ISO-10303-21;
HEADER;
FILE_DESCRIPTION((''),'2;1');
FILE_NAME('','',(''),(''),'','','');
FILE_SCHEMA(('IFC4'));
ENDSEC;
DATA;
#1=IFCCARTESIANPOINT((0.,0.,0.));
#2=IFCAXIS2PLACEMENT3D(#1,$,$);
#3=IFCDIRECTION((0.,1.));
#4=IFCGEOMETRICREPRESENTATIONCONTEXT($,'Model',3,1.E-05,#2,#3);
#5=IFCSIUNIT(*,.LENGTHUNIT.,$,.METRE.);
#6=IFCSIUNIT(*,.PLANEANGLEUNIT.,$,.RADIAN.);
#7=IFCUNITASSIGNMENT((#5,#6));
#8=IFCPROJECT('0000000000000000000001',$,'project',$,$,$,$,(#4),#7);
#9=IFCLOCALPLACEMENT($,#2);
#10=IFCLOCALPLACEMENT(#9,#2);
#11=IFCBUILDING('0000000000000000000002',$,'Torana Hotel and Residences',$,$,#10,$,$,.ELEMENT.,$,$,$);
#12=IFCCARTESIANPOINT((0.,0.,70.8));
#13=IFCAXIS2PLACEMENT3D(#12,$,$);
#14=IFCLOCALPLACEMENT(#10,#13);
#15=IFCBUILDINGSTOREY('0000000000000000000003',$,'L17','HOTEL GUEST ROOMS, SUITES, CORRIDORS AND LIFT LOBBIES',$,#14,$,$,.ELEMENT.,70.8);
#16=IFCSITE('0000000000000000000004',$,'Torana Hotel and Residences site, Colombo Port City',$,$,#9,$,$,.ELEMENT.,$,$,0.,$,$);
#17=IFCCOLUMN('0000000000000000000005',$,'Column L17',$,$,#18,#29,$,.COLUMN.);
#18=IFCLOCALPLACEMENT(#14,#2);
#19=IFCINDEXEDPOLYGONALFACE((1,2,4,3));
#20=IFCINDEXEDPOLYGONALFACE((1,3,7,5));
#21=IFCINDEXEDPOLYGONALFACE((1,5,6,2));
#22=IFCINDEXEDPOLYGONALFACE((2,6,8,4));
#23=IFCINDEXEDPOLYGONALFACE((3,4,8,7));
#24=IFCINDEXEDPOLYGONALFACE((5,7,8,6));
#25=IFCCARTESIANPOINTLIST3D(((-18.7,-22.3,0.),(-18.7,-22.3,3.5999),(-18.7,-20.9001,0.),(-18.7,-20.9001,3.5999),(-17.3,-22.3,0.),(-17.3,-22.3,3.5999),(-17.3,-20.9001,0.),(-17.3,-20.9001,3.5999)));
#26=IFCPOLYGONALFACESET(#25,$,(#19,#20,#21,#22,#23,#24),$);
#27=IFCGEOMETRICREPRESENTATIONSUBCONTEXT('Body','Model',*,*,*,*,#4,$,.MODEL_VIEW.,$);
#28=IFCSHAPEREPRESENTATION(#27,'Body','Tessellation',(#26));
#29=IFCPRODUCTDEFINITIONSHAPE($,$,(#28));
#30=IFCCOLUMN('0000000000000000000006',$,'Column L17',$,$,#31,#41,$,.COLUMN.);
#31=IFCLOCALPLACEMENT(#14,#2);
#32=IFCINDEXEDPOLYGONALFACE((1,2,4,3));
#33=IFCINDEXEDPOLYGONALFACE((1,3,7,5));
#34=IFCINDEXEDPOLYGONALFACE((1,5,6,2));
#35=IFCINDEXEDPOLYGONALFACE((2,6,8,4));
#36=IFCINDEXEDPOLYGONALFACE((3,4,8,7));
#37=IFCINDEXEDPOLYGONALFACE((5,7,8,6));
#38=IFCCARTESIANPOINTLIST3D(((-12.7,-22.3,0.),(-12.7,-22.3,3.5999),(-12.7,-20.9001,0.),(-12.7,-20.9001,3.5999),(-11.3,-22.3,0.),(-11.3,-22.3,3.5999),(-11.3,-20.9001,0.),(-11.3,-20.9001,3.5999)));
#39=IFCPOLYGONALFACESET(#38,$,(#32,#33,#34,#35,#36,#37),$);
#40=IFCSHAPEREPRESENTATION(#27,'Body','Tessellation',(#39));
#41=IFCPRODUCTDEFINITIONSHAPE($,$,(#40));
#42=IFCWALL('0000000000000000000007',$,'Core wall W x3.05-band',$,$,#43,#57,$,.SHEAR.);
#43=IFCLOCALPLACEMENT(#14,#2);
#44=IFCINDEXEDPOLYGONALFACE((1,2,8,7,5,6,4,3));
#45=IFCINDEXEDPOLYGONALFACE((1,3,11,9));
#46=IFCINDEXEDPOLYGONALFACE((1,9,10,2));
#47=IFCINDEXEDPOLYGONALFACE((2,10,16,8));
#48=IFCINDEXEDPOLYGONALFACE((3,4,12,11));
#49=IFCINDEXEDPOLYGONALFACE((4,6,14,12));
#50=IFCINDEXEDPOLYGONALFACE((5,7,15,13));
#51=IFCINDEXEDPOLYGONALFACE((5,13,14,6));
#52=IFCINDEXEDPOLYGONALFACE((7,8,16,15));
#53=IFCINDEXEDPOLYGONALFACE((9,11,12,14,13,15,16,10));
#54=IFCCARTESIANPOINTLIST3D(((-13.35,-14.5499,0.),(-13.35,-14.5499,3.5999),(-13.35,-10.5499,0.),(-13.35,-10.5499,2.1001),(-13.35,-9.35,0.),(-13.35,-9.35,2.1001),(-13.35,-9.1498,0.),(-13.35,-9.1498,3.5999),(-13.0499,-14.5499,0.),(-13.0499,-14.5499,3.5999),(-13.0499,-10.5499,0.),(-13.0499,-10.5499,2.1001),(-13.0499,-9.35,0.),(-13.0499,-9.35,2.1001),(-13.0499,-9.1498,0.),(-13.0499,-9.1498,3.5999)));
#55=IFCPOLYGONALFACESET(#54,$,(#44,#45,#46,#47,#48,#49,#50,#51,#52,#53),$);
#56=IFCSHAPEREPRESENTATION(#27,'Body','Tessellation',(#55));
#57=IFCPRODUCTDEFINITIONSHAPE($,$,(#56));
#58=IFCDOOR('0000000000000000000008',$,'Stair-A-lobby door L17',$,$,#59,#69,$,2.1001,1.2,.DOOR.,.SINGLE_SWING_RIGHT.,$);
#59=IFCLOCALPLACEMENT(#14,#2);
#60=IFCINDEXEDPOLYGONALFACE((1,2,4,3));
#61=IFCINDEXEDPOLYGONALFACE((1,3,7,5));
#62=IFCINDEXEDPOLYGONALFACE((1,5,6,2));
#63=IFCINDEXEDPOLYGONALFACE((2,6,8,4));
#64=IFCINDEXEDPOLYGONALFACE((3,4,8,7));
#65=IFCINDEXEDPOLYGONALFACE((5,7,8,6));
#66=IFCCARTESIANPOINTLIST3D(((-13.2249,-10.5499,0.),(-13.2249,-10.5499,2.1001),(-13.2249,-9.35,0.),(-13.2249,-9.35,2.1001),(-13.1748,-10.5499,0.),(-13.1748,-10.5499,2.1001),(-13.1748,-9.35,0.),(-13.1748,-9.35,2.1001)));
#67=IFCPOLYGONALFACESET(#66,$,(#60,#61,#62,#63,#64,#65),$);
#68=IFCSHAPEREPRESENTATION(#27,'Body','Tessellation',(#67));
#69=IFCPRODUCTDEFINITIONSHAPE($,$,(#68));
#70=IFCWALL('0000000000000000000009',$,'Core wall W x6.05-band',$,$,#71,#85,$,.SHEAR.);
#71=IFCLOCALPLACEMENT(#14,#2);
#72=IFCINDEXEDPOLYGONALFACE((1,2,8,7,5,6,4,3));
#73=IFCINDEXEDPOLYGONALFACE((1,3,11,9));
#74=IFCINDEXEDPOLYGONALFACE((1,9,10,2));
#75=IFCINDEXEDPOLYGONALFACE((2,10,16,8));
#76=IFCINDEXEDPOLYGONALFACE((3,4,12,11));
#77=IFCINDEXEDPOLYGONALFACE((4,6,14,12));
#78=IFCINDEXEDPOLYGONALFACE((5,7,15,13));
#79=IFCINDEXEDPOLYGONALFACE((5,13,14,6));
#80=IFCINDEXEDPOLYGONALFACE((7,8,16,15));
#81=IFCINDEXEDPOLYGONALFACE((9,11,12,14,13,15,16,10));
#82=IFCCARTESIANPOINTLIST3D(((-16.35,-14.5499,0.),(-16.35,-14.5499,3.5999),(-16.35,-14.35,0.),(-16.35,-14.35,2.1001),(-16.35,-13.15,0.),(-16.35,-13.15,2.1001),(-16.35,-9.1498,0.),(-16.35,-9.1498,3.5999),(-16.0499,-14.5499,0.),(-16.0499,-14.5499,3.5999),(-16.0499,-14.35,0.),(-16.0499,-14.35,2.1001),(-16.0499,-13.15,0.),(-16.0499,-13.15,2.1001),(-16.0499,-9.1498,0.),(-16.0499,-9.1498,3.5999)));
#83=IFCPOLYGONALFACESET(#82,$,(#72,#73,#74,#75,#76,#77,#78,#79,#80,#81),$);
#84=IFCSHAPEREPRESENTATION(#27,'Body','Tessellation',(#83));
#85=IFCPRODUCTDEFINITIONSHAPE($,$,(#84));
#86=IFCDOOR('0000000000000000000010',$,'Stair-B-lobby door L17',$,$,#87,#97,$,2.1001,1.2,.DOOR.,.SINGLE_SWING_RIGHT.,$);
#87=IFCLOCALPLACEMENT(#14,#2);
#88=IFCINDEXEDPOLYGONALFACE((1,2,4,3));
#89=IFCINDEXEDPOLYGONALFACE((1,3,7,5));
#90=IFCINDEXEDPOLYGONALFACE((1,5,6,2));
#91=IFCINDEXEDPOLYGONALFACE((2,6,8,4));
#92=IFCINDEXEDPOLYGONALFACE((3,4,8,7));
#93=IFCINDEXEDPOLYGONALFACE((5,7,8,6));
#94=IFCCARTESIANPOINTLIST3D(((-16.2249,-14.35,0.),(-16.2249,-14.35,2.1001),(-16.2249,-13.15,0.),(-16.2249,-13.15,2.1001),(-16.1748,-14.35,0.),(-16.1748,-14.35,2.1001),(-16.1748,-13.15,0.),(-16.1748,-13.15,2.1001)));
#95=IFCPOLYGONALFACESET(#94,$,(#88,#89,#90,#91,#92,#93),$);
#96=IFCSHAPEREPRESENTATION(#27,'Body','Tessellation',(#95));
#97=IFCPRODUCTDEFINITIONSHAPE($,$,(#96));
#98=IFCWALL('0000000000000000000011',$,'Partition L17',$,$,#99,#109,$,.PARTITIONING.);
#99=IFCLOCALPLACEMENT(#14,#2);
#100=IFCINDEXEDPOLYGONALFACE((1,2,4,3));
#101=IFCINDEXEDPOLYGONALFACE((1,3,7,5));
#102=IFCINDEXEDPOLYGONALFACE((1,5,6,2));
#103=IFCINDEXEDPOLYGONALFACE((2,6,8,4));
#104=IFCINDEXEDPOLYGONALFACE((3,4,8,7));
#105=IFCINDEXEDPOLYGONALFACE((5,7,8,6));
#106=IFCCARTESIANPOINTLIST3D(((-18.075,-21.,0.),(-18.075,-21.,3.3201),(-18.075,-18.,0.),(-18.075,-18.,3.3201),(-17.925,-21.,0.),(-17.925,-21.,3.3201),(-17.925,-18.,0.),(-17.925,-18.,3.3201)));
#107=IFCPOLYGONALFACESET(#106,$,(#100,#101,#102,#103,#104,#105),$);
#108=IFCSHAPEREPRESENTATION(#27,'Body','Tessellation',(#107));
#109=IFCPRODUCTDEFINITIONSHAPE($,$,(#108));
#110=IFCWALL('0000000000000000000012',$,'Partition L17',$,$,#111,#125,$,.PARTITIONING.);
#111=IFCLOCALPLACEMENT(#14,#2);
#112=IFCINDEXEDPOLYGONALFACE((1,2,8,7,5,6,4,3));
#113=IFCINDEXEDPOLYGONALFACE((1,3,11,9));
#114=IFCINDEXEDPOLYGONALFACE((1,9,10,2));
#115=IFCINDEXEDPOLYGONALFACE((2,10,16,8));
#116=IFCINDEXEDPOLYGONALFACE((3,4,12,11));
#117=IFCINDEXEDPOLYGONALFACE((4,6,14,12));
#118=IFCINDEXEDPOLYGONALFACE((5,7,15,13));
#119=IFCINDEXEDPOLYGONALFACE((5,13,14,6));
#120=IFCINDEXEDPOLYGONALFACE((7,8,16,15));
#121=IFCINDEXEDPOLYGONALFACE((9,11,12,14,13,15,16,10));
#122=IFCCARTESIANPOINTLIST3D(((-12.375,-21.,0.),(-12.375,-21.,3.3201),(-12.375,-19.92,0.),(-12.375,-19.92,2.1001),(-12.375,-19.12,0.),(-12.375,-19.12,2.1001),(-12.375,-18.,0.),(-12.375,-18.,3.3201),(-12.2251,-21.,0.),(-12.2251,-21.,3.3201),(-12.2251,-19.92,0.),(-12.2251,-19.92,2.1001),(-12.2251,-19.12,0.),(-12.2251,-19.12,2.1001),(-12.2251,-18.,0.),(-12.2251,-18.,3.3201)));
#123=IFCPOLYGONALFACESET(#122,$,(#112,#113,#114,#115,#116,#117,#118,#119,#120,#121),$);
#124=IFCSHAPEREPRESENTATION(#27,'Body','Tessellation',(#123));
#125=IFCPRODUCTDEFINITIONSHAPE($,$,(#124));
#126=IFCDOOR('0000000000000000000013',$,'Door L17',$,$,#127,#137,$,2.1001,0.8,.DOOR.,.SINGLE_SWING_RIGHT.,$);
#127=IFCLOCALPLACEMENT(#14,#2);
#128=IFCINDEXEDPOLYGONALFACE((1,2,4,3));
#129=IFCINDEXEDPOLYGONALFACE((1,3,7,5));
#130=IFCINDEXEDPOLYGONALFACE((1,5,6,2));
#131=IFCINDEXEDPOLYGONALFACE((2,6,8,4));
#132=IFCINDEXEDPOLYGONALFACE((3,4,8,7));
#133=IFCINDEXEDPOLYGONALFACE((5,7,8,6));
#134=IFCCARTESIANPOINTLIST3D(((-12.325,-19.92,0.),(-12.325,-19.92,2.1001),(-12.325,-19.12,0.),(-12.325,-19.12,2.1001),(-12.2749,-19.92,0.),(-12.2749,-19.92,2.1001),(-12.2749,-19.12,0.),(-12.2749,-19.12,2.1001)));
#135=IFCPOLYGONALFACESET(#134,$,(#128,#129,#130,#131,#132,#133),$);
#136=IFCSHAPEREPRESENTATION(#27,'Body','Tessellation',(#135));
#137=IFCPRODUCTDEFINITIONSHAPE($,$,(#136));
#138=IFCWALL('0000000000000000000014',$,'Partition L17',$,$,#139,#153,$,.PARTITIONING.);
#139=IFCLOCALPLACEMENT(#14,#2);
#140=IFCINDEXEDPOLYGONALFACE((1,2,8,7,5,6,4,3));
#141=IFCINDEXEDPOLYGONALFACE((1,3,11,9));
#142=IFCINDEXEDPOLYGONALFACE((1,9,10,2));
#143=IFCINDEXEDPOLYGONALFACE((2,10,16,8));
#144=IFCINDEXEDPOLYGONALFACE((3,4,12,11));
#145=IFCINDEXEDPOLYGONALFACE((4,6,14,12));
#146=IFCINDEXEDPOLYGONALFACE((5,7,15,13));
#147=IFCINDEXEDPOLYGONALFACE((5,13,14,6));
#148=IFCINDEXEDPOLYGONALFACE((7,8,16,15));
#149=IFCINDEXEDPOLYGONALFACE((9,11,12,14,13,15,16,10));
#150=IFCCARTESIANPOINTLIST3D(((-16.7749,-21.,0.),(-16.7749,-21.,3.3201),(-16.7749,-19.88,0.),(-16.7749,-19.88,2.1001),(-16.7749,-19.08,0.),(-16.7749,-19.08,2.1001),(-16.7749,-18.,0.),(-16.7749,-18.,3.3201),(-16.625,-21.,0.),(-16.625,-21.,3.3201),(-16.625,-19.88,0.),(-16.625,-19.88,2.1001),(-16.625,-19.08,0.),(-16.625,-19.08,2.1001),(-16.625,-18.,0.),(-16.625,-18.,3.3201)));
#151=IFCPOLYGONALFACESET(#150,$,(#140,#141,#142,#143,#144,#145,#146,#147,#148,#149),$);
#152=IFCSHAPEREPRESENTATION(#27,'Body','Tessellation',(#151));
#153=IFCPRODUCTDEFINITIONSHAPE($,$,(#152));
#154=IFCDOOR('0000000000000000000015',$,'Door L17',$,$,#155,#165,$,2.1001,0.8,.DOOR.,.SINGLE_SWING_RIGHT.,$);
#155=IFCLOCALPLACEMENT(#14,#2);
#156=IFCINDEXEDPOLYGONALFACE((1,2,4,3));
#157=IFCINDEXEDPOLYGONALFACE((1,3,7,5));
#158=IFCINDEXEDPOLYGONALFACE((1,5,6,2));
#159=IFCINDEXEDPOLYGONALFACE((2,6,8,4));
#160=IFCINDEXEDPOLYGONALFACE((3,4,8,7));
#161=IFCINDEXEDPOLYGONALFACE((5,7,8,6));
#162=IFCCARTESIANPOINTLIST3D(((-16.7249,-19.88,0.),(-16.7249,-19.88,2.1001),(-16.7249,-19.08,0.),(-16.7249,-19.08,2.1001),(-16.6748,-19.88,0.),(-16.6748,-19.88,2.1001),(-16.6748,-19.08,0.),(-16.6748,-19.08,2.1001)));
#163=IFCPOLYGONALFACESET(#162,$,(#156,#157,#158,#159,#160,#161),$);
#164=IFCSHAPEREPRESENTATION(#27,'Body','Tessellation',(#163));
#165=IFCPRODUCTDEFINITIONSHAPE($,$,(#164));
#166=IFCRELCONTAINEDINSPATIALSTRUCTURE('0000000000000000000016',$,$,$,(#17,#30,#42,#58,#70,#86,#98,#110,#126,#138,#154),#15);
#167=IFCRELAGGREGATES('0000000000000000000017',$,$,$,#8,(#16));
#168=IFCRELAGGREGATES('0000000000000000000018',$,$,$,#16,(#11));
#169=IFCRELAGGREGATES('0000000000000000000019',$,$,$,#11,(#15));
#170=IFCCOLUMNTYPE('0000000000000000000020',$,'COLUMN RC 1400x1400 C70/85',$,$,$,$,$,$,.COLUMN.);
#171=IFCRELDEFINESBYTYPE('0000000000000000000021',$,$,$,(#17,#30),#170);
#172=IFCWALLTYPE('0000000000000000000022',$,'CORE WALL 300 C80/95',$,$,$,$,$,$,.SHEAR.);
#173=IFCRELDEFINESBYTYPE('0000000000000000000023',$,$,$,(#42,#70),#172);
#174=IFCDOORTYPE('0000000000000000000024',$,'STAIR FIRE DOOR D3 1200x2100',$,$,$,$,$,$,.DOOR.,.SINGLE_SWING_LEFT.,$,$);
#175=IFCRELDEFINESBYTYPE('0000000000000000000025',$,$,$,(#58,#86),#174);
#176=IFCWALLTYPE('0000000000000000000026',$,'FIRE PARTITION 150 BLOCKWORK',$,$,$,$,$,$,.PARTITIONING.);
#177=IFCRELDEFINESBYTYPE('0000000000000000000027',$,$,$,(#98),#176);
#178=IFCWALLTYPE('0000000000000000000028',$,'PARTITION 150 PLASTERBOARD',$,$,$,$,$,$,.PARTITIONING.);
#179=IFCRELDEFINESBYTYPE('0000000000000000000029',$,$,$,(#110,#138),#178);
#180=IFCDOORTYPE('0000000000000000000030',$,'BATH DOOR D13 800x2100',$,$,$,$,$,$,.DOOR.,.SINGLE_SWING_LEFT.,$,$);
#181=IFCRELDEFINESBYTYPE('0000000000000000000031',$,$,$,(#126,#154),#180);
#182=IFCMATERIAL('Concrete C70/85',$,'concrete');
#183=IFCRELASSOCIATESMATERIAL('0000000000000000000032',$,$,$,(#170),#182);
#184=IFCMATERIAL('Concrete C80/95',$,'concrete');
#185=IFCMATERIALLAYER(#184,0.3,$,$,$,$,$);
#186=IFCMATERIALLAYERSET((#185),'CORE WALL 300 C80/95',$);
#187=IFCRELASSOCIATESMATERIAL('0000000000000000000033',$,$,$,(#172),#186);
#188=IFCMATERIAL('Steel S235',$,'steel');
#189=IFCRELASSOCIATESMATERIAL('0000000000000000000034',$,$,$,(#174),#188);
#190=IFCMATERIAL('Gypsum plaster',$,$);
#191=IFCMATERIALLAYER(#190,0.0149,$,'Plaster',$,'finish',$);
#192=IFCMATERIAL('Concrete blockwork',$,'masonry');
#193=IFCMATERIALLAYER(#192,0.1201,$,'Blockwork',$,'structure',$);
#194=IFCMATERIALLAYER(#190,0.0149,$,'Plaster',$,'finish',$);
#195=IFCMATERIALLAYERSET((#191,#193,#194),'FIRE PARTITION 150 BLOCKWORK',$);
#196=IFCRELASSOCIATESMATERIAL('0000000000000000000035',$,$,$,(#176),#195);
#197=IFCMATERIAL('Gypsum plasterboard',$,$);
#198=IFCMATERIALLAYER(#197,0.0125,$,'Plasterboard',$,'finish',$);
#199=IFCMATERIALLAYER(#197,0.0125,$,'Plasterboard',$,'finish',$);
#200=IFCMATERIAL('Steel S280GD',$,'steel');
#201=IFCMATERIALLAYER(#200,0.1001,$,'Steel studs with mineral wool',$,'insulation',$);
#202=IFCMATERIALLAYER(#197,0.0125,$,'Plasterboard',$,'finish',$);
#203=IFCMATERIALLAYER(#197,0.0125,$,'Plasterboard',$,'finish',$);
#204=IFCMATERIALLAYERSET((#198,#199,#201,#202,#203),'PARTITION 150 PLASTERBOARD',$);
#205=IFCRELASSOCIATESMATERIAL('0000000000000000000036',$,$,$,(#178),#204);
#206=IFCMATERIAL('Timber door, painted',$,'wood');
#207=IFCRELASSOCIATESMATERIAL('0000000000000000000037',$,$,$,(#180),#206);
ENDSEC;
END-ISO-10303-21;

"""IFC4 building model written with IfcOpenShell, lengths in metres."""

from ifc_helpers import new_model, si_unit, direction, frame, frame_2d, origin, origin_2d, place, context, subcontext, project, spatial, rectangle, extrude, material, layer, layer_set, material_profile, profile_set, type_object, element, fill, save


model = new_model("IFC4")

# Units and contexts
model_context = context("Model", 3, precision=1e-05, world=origin(), true_north=direction((0.0, 1.0)))
body_context = subcontext(model_context, "Body", "Model", "MODEL_VIEW")
ifc_project = project(units=[si_unit("LENGTHUNIT", "METRE"), si_unit("PLANEANGLEUNIT", "RADIAN")], contexts=[model_context])

# Site, building, storey
site_placement = place(None, origin())
site = spatial("IfcSite", under=ifc_project, at=site_placement, Name="Torana Hotel and Residences site, Colombo Port City", CompositionType="ELEMENT", RefElevation=0.0)
building_placement = place(site_placement, origin())
building = spatial("IfcBuilding", under=site, at=building_placement, Name="Torana Hotel and Residences", CompositionType="ELEMENT")
storey_placement = place(building_placement, frame((0.0, 0.0, 70.8)))
storey = spatial("IfcBuildingStorey", under=building, at=storey_placement, Name="L17", Description="HOTEL GUEST ROOMS, SUITES, CORRIDORS AND LIFT LOBBIES", CompositionType="ELEMENT", Elevation=70.8)

# Columns
ifc_material_1 = material(Name="Concrete C70/85", Category="concrete")
ifc_material_profile = material_profile(ifc_material_1, rectangle(XDim=1.3999, YDim=1.3999, at=origin_2d()), Name="RC 1400x1400")
ifc_profile_set = profile_set([ifc_material_profile], Name="Concrete C70/85")
column_type = type_object("IfcColumnType", Name="COLUMN RC 1400x1400 C70/85", PredefinedType="COLUMN", material=ifc_profile_set)
for number, where, z_axis, x_axis, name in (
    (1, (-18.0, -21.6001, 0.0), (0.0, 0.0, 1.0), (1.0, 0.0, 0.0), "Column L17"),
    (2, (-12.0, -21.6001, 0.0), (0.0, 0.0, 1.0), (1.0, 0.0, 0.0), "Column L17"),
):
    element("IfcColumn", number, at=place(storey_placement, frame(where, z_axis=z_axis, x_axis=x_axis)), inside=storey, type_object=column_type, Name=name, PredefinedType="COLUMN", context=body_context, shape_type="SweptSolid", body=[
        extrude(rectangle(XDim=1.3999, YDim=1.3999, at=origin_2d()), origin(), (0.0, 0.0, 1.0), 3.5999),
    ])

# Walls, openings, doors
ifc_material_2 = material(Name="Concrete C80/95", Category="concrete")
ifc_layer_1 = layer(ifc_material_2, 0.3)
ifc_layer_set_1 = layer_set([ifc_layer_1], Name="CORE WALL 300 C80/95")
wall_type_1 = type_object("IfcWallType", Name="CORE WALL 300 C80/95", PredefinedType="SHEAR", material=ifc_layer_set_1)
wall_1_placement = place(storey_placement, frame((-13.2, -14.55, 0.0), z_axis=(0.0, 0.0, 1.0), x_axis=(0.0, 1.0, 0.0)))
wall_1 = element("IfcWall", 3, at=wall_1_placement, inside=storey, type_object=wall_type_1, Name="Core wall W x3.05-band", PredefinedType="SHEAR", context=body_context, shape_type="SweptSolid", body=[
    extrude(rectangle(XDim=5.4001, YDim=0.3, at=frame_2d((2.7002, 0.0))), origin(), (0.0, 0.0, 1.0), 3.5999),
])
opening_1_placement = place(wall_1_placement, frame((4.0, 0.0, 0.0)))
opening_1 = element("IfcOpeningElement", 4, at=opening_1_placement, cuts=wall_1, PredefinedType="OPENING", context=body_context, shape_type="SweptSolid", body=[
    extrude(rectangle(XDim=1.2, YDim=2.1001, at=frame_2d((0.6001, 1.05))), frame((0.0, 0.1599, 0.0), z_axis=(0.0, -1.0, 0.0), x_axis=(1.0, 0.0, 0.0)), (0.0, 0.0, 1.0), 0.3201),
])
ifc_material_3 = material(Name="Steel S235", Category="steel")
door_type_1 = type_object("IfcDoorType", Name="STAIR FIRE DOOR D3 1200x2100", OperationType="SINGLE_SWING_LEFT", PredefinedType="DOOR", material=ifc_material_3)
door_1_placement = place(opening_1_placement, frame((0.6001, 0.0, 0.0), z_axis=(0.0, 0.0, 1.0), x_axis=(-1.0, 0.0, 0.0)))
door_1 = element("IfcDoor", 5, at=door_1_placement, inside=storey, type_object=door_type_1, Name="Stair-A-lobby door L17", OperationType="SINGLE_SWING_RIGHT", OverallHeight=2.1001, OverallWidth=1.2, PredefinedType="DOOR", context=body_context, shape_type="SweptSolid", body=[
    extrude(rectangle(XDim=1.2, YDim=2.1001, at=frame_2d((0.0, 1.05))), frame((0.0, -0.0249, 0.0), z_axis=(0.0, 1.0, 0.0), x_axis=(-1.0, 0.0, 0.0)), (0.0, 0.0, 1.0), 0.05),
])
fill(opening_1, door_1)
wall_2_placement = place(storey_placement, frame((-16.2, -14.55, 0.0), z_axis=(0.0, 0.0, 1.0), x_axis=(0.0, 1.0, 0.0)))
wall_2 = element("IfcWall", 6, at=wall_2_placement, inside=storey, type_object=wall_type_1, Name="Core wall W x6.05-band", PredefinedType="SHEAR", context=body_context, shape_type="SweptSolid", body=[
    extrude(rectangle(XDim=5.4001, YDim=0.3, at=frame_2d((2.7002, 0.0))), origin(), (0.0, 0.0, 1.0), 3.5999),
])
opening_2_placement = place(wall_2_placement, frame((0.2, 0.0, 0.0)))
opening_2 = element("IfcOpeningElement", 7, at=opening_2_placement, cuts=wall_2, PredefinedType="OPENING", context=body_context, shape_type="SweptSolid", body=[
    extrude(rectangle(XDim=1.2, YDim=2.1001, at=frame_2d((0.6001, 1.05))), frame((0.0, 0.1599, 0.0), z_axis=(0.0, -1.0, 0.0), x_axis=(1.0, 0.0, 0.0)), (0.0, 0.0, 1.0), 0.3201),
])
door_2_placement = place(opening_2_placement, origin())
door_2 = element("IfcDoor", 8, at=door_2_placement, inside=storey, type_object=door_type_1, Name="Stair-B-lobby door L17", OperationType="SINGLE_SWING_RIGHT", OverallHeight=2.1001, OverallWidth=1.2, PredefinedType="DOOR", context=body_context, shape_type="SweptSolid", body=[
    extrude(rectangle(XDim=1.2, YDim=2.1001, at=frame_2d((0.6001, 1.05))), frame((0.0, 0.0249, 0.0), z_axis=(0.0, -1.0, 0.0), x_axis=(1.0, 0.0, 0.0)), (0.0, 0.0, 1.0), 0.05),
])
fill(opening_2, door_2)

# Wall
ifc_material_4 = material(Name="Gypsum plaster")
ifc_layer_2 = layer(ifc_material_4, 0.0149, Name="Plaster", Category="finish")
ifc_material_5 = material(Name="Concrete blockwork", Category="masonry")
ifc_layer_3 = layer(ifc_material_5, 0.1201, Name="Blockwork", Category="structure")
ifc_layer_4 = layer(ifc_material_4, 0.0149, Name="Plaster", Category="finish")
ifc_layer_set_2 = layer_set([ifc_layer_2, ifc_layer_3, ifc_layer_4], Name="FIRE PARTITION 150 BLOCKWORK")
wall_type_2 = type_object("IfcWallType", Name="FIRE PARTITION 150 BLOCKWORK", PredefinedType="PARTITIONING", material=ifc_layer_set_2)
wall_3_placement = place(storey_placement, frame((-18.0, -21.0, 0.0), z_axis=(0.0, 0.0, 1.0), x_axis=(0.0, 1.0, 0.0)))
element("IfcWall", 9, at=wall_3_placement, inside=storey, type_object=wall_type_2, Name="Partition L17", PredefinedType="PARTITIONING", context=body_context, shape_type="SweptSolid", body=[
    extrude(rectangle(XDim=3.0, YDim=0.1499, at=frame_2d((1.5, 0.0))), origin(), (0.0, 0.0, 1.0), 3.3201),
])

# Walls, openings, doors
ifc_material_6 = material(Name="Gypsum plasterboard")
ifc_layer_5 = layer(ifc_material_6, 0.0125, Name="Plasterboard", Category="finish")
ifc_layer_6 = layer(ifc_material_6, 0.0125, Name="Plasterboard", Category="finish")
ifc_material_7 = material(Name="Steel S280GD", Category="steel")
ifc_layer_7 = layer(ifc_material_7, 0.1001, Name="Steel studs with mineral wool", Category="insulation")
ifc_layer_8 = layer(ifc_material_6, 0.0125, Name="Plasterboard", Category="finish")
ifc_layer_9 = layer(ifc_material_6, 0.0125, Name="Plasterboard", Category="finish")
ifc_layer_set_3 = layer_set([ifc_layer_5, ifc_layer_6, ifc_layer_7, ifc_layer_8, ifc_layer_9], Name="PARTITION 150 PLASTERBOARD")
wall_type_3 = type_object("IfcWallType", Name="PARTITION 150 PLASTERBOARD", PredefinedType="PARTITIONING", material=ifc_layer_set_3)
wall_4_placement = place(storey_placement, frame((-12.3, -21.0, 0.0), z_axis=(0.0, 0.0, 1.0), x_axis=(0.0, 1.0, 0.0)))
wall_4 = element("IfcWall", 10, at=wall_4_placement, inside=storey, type_object=wall_type_3, Name="Partition L17", PredefinedType="PARTITIONING", context=body_context, shape_type="SweptSolid", body=[
    extrude(rectangle(XDim=3.0, YDim=0.1499, at=frame_2d((1.5, 0.0))), origin(), (0.0, 0.0, 1.0), 3.3201),
])
opening_3_placement = place(wall_4_placement, frame((1.0801, 0.0, 0.0)))
opening_3 = element("IfcOpeningElement", 11, at=opening_3_placement, cuts=wall_4, PredefinedType="OPENING", context=body_context, shape_type="SweptSolid", body=[
    extrude(rectangle(XDim=0.8, YDim=2.1001, at=frame_2d((0.3999, 1.05))), frame((0.0, 0.085, 0.0), z_axis=(0.0, -1.0, 0.0), x_axis=(1.0, 0.0, 0.0)), (0.0, 0.0, 1.0), 0.1699),
])
ifc_material_8 = material(Name="Timber door, painted", Category="wood")
door_type_2 = type_object("IfcDoorType", Name="BATH DOOR D13 800x2100", OperationType="SINGLE_SWING_LEFT", PredefinedType="DOOR", material=ifc_material_8)
door_3_placement = place(opening_3_placement, origin())
door_3 = element("IfcDoor", 12, at=door_3_placement, inside=storey, type_object=door_type_2, Name="Door L17", OperationType="SINGLE_SWING_RIGHT", OverallHeight=2.1001, OverallWidth=0.8, PredefinedType="DOOR", context=body_context, shape_type="SweptSolid", body=[
    extrude(rectangle(XDim=0.8, YDim=2.1001, at=frame_2d((0.3999, 1.05))), frame((0.0, 0.0249, 0.0), z_axis=(0.0, -1.0, 0.0), x_axis=(1.0, 0.0, 0.0)), (0.0, 0.0, 1.0), 0.05),
])
fill(opening_3, door_3)
wall_5_placement = place(storey_placement, frame((-16.7, -21.0, 0.0), z_axis=(0.0, 0.0, 1.0), x_axis=(0.0, 1.0, 0.0)))
wall_5 = element("IfcWall", 13, at=wall_5_placement, inside=storey, type_object=wall_type_3, Name="Partition L17", PredefinedType="PARTITIONING", context=body_context, shape_type="SweptSolid", body=[
    extrude(rectangle(XDim=3.0, YDim=0.1499, at=frame_2d((1.5, 0.0))), origin(), (0.0, 0.0, 1.0), 3.3201),
])
opening_4_placement = place(wall_5_placement, frame((1.1201, 0.0, 0.0)))
opening_4 = element("IfcOpeningElement", 14, at=opening_4_placement, cuts=wall_5, PredefinedType="OPENING", context=body_context, shape_type="SweptSolid", body=[
    extrude(rectangle(XDim=0.8, YDim=2.1001, at=frame_2d((0.3999, 1.05))), frame((0.0, 0.085, 0.0), z_axis=(0.0, -1.0, 0.0), x_axis=(1.0, 0.0, 0.0)), (0.0, 0.0, 1.0), 0.1699),
])
door_4_placement = place(opening_4_placement, origin())
door_4 = element("IfcDoor", 15, at=door_4_placement, inside=storey, type_object=door_type_2, Name="Door L17", OperationType="SINGLE_SWING_RIGHT", OverallHeight=2.1001, OverallWidth=0.8, PredefinedType="DOOR", context=body_context, shape_type="SweptSolid", body=[
    extrude(rectangle(XDim=0.8, YDim=2.1001, at=frame_2d((0.3999, 1.05))), frame((0.0, 0.0249, 0.0), z_axis=(0.0, -1.0, 0.0), x_axis=(1.0, 0.0, 0.0)), (0.0, 0.0, 1.0), 0.05),
])
fill(opening_4, door_4)

save(model, "model.ifc")
